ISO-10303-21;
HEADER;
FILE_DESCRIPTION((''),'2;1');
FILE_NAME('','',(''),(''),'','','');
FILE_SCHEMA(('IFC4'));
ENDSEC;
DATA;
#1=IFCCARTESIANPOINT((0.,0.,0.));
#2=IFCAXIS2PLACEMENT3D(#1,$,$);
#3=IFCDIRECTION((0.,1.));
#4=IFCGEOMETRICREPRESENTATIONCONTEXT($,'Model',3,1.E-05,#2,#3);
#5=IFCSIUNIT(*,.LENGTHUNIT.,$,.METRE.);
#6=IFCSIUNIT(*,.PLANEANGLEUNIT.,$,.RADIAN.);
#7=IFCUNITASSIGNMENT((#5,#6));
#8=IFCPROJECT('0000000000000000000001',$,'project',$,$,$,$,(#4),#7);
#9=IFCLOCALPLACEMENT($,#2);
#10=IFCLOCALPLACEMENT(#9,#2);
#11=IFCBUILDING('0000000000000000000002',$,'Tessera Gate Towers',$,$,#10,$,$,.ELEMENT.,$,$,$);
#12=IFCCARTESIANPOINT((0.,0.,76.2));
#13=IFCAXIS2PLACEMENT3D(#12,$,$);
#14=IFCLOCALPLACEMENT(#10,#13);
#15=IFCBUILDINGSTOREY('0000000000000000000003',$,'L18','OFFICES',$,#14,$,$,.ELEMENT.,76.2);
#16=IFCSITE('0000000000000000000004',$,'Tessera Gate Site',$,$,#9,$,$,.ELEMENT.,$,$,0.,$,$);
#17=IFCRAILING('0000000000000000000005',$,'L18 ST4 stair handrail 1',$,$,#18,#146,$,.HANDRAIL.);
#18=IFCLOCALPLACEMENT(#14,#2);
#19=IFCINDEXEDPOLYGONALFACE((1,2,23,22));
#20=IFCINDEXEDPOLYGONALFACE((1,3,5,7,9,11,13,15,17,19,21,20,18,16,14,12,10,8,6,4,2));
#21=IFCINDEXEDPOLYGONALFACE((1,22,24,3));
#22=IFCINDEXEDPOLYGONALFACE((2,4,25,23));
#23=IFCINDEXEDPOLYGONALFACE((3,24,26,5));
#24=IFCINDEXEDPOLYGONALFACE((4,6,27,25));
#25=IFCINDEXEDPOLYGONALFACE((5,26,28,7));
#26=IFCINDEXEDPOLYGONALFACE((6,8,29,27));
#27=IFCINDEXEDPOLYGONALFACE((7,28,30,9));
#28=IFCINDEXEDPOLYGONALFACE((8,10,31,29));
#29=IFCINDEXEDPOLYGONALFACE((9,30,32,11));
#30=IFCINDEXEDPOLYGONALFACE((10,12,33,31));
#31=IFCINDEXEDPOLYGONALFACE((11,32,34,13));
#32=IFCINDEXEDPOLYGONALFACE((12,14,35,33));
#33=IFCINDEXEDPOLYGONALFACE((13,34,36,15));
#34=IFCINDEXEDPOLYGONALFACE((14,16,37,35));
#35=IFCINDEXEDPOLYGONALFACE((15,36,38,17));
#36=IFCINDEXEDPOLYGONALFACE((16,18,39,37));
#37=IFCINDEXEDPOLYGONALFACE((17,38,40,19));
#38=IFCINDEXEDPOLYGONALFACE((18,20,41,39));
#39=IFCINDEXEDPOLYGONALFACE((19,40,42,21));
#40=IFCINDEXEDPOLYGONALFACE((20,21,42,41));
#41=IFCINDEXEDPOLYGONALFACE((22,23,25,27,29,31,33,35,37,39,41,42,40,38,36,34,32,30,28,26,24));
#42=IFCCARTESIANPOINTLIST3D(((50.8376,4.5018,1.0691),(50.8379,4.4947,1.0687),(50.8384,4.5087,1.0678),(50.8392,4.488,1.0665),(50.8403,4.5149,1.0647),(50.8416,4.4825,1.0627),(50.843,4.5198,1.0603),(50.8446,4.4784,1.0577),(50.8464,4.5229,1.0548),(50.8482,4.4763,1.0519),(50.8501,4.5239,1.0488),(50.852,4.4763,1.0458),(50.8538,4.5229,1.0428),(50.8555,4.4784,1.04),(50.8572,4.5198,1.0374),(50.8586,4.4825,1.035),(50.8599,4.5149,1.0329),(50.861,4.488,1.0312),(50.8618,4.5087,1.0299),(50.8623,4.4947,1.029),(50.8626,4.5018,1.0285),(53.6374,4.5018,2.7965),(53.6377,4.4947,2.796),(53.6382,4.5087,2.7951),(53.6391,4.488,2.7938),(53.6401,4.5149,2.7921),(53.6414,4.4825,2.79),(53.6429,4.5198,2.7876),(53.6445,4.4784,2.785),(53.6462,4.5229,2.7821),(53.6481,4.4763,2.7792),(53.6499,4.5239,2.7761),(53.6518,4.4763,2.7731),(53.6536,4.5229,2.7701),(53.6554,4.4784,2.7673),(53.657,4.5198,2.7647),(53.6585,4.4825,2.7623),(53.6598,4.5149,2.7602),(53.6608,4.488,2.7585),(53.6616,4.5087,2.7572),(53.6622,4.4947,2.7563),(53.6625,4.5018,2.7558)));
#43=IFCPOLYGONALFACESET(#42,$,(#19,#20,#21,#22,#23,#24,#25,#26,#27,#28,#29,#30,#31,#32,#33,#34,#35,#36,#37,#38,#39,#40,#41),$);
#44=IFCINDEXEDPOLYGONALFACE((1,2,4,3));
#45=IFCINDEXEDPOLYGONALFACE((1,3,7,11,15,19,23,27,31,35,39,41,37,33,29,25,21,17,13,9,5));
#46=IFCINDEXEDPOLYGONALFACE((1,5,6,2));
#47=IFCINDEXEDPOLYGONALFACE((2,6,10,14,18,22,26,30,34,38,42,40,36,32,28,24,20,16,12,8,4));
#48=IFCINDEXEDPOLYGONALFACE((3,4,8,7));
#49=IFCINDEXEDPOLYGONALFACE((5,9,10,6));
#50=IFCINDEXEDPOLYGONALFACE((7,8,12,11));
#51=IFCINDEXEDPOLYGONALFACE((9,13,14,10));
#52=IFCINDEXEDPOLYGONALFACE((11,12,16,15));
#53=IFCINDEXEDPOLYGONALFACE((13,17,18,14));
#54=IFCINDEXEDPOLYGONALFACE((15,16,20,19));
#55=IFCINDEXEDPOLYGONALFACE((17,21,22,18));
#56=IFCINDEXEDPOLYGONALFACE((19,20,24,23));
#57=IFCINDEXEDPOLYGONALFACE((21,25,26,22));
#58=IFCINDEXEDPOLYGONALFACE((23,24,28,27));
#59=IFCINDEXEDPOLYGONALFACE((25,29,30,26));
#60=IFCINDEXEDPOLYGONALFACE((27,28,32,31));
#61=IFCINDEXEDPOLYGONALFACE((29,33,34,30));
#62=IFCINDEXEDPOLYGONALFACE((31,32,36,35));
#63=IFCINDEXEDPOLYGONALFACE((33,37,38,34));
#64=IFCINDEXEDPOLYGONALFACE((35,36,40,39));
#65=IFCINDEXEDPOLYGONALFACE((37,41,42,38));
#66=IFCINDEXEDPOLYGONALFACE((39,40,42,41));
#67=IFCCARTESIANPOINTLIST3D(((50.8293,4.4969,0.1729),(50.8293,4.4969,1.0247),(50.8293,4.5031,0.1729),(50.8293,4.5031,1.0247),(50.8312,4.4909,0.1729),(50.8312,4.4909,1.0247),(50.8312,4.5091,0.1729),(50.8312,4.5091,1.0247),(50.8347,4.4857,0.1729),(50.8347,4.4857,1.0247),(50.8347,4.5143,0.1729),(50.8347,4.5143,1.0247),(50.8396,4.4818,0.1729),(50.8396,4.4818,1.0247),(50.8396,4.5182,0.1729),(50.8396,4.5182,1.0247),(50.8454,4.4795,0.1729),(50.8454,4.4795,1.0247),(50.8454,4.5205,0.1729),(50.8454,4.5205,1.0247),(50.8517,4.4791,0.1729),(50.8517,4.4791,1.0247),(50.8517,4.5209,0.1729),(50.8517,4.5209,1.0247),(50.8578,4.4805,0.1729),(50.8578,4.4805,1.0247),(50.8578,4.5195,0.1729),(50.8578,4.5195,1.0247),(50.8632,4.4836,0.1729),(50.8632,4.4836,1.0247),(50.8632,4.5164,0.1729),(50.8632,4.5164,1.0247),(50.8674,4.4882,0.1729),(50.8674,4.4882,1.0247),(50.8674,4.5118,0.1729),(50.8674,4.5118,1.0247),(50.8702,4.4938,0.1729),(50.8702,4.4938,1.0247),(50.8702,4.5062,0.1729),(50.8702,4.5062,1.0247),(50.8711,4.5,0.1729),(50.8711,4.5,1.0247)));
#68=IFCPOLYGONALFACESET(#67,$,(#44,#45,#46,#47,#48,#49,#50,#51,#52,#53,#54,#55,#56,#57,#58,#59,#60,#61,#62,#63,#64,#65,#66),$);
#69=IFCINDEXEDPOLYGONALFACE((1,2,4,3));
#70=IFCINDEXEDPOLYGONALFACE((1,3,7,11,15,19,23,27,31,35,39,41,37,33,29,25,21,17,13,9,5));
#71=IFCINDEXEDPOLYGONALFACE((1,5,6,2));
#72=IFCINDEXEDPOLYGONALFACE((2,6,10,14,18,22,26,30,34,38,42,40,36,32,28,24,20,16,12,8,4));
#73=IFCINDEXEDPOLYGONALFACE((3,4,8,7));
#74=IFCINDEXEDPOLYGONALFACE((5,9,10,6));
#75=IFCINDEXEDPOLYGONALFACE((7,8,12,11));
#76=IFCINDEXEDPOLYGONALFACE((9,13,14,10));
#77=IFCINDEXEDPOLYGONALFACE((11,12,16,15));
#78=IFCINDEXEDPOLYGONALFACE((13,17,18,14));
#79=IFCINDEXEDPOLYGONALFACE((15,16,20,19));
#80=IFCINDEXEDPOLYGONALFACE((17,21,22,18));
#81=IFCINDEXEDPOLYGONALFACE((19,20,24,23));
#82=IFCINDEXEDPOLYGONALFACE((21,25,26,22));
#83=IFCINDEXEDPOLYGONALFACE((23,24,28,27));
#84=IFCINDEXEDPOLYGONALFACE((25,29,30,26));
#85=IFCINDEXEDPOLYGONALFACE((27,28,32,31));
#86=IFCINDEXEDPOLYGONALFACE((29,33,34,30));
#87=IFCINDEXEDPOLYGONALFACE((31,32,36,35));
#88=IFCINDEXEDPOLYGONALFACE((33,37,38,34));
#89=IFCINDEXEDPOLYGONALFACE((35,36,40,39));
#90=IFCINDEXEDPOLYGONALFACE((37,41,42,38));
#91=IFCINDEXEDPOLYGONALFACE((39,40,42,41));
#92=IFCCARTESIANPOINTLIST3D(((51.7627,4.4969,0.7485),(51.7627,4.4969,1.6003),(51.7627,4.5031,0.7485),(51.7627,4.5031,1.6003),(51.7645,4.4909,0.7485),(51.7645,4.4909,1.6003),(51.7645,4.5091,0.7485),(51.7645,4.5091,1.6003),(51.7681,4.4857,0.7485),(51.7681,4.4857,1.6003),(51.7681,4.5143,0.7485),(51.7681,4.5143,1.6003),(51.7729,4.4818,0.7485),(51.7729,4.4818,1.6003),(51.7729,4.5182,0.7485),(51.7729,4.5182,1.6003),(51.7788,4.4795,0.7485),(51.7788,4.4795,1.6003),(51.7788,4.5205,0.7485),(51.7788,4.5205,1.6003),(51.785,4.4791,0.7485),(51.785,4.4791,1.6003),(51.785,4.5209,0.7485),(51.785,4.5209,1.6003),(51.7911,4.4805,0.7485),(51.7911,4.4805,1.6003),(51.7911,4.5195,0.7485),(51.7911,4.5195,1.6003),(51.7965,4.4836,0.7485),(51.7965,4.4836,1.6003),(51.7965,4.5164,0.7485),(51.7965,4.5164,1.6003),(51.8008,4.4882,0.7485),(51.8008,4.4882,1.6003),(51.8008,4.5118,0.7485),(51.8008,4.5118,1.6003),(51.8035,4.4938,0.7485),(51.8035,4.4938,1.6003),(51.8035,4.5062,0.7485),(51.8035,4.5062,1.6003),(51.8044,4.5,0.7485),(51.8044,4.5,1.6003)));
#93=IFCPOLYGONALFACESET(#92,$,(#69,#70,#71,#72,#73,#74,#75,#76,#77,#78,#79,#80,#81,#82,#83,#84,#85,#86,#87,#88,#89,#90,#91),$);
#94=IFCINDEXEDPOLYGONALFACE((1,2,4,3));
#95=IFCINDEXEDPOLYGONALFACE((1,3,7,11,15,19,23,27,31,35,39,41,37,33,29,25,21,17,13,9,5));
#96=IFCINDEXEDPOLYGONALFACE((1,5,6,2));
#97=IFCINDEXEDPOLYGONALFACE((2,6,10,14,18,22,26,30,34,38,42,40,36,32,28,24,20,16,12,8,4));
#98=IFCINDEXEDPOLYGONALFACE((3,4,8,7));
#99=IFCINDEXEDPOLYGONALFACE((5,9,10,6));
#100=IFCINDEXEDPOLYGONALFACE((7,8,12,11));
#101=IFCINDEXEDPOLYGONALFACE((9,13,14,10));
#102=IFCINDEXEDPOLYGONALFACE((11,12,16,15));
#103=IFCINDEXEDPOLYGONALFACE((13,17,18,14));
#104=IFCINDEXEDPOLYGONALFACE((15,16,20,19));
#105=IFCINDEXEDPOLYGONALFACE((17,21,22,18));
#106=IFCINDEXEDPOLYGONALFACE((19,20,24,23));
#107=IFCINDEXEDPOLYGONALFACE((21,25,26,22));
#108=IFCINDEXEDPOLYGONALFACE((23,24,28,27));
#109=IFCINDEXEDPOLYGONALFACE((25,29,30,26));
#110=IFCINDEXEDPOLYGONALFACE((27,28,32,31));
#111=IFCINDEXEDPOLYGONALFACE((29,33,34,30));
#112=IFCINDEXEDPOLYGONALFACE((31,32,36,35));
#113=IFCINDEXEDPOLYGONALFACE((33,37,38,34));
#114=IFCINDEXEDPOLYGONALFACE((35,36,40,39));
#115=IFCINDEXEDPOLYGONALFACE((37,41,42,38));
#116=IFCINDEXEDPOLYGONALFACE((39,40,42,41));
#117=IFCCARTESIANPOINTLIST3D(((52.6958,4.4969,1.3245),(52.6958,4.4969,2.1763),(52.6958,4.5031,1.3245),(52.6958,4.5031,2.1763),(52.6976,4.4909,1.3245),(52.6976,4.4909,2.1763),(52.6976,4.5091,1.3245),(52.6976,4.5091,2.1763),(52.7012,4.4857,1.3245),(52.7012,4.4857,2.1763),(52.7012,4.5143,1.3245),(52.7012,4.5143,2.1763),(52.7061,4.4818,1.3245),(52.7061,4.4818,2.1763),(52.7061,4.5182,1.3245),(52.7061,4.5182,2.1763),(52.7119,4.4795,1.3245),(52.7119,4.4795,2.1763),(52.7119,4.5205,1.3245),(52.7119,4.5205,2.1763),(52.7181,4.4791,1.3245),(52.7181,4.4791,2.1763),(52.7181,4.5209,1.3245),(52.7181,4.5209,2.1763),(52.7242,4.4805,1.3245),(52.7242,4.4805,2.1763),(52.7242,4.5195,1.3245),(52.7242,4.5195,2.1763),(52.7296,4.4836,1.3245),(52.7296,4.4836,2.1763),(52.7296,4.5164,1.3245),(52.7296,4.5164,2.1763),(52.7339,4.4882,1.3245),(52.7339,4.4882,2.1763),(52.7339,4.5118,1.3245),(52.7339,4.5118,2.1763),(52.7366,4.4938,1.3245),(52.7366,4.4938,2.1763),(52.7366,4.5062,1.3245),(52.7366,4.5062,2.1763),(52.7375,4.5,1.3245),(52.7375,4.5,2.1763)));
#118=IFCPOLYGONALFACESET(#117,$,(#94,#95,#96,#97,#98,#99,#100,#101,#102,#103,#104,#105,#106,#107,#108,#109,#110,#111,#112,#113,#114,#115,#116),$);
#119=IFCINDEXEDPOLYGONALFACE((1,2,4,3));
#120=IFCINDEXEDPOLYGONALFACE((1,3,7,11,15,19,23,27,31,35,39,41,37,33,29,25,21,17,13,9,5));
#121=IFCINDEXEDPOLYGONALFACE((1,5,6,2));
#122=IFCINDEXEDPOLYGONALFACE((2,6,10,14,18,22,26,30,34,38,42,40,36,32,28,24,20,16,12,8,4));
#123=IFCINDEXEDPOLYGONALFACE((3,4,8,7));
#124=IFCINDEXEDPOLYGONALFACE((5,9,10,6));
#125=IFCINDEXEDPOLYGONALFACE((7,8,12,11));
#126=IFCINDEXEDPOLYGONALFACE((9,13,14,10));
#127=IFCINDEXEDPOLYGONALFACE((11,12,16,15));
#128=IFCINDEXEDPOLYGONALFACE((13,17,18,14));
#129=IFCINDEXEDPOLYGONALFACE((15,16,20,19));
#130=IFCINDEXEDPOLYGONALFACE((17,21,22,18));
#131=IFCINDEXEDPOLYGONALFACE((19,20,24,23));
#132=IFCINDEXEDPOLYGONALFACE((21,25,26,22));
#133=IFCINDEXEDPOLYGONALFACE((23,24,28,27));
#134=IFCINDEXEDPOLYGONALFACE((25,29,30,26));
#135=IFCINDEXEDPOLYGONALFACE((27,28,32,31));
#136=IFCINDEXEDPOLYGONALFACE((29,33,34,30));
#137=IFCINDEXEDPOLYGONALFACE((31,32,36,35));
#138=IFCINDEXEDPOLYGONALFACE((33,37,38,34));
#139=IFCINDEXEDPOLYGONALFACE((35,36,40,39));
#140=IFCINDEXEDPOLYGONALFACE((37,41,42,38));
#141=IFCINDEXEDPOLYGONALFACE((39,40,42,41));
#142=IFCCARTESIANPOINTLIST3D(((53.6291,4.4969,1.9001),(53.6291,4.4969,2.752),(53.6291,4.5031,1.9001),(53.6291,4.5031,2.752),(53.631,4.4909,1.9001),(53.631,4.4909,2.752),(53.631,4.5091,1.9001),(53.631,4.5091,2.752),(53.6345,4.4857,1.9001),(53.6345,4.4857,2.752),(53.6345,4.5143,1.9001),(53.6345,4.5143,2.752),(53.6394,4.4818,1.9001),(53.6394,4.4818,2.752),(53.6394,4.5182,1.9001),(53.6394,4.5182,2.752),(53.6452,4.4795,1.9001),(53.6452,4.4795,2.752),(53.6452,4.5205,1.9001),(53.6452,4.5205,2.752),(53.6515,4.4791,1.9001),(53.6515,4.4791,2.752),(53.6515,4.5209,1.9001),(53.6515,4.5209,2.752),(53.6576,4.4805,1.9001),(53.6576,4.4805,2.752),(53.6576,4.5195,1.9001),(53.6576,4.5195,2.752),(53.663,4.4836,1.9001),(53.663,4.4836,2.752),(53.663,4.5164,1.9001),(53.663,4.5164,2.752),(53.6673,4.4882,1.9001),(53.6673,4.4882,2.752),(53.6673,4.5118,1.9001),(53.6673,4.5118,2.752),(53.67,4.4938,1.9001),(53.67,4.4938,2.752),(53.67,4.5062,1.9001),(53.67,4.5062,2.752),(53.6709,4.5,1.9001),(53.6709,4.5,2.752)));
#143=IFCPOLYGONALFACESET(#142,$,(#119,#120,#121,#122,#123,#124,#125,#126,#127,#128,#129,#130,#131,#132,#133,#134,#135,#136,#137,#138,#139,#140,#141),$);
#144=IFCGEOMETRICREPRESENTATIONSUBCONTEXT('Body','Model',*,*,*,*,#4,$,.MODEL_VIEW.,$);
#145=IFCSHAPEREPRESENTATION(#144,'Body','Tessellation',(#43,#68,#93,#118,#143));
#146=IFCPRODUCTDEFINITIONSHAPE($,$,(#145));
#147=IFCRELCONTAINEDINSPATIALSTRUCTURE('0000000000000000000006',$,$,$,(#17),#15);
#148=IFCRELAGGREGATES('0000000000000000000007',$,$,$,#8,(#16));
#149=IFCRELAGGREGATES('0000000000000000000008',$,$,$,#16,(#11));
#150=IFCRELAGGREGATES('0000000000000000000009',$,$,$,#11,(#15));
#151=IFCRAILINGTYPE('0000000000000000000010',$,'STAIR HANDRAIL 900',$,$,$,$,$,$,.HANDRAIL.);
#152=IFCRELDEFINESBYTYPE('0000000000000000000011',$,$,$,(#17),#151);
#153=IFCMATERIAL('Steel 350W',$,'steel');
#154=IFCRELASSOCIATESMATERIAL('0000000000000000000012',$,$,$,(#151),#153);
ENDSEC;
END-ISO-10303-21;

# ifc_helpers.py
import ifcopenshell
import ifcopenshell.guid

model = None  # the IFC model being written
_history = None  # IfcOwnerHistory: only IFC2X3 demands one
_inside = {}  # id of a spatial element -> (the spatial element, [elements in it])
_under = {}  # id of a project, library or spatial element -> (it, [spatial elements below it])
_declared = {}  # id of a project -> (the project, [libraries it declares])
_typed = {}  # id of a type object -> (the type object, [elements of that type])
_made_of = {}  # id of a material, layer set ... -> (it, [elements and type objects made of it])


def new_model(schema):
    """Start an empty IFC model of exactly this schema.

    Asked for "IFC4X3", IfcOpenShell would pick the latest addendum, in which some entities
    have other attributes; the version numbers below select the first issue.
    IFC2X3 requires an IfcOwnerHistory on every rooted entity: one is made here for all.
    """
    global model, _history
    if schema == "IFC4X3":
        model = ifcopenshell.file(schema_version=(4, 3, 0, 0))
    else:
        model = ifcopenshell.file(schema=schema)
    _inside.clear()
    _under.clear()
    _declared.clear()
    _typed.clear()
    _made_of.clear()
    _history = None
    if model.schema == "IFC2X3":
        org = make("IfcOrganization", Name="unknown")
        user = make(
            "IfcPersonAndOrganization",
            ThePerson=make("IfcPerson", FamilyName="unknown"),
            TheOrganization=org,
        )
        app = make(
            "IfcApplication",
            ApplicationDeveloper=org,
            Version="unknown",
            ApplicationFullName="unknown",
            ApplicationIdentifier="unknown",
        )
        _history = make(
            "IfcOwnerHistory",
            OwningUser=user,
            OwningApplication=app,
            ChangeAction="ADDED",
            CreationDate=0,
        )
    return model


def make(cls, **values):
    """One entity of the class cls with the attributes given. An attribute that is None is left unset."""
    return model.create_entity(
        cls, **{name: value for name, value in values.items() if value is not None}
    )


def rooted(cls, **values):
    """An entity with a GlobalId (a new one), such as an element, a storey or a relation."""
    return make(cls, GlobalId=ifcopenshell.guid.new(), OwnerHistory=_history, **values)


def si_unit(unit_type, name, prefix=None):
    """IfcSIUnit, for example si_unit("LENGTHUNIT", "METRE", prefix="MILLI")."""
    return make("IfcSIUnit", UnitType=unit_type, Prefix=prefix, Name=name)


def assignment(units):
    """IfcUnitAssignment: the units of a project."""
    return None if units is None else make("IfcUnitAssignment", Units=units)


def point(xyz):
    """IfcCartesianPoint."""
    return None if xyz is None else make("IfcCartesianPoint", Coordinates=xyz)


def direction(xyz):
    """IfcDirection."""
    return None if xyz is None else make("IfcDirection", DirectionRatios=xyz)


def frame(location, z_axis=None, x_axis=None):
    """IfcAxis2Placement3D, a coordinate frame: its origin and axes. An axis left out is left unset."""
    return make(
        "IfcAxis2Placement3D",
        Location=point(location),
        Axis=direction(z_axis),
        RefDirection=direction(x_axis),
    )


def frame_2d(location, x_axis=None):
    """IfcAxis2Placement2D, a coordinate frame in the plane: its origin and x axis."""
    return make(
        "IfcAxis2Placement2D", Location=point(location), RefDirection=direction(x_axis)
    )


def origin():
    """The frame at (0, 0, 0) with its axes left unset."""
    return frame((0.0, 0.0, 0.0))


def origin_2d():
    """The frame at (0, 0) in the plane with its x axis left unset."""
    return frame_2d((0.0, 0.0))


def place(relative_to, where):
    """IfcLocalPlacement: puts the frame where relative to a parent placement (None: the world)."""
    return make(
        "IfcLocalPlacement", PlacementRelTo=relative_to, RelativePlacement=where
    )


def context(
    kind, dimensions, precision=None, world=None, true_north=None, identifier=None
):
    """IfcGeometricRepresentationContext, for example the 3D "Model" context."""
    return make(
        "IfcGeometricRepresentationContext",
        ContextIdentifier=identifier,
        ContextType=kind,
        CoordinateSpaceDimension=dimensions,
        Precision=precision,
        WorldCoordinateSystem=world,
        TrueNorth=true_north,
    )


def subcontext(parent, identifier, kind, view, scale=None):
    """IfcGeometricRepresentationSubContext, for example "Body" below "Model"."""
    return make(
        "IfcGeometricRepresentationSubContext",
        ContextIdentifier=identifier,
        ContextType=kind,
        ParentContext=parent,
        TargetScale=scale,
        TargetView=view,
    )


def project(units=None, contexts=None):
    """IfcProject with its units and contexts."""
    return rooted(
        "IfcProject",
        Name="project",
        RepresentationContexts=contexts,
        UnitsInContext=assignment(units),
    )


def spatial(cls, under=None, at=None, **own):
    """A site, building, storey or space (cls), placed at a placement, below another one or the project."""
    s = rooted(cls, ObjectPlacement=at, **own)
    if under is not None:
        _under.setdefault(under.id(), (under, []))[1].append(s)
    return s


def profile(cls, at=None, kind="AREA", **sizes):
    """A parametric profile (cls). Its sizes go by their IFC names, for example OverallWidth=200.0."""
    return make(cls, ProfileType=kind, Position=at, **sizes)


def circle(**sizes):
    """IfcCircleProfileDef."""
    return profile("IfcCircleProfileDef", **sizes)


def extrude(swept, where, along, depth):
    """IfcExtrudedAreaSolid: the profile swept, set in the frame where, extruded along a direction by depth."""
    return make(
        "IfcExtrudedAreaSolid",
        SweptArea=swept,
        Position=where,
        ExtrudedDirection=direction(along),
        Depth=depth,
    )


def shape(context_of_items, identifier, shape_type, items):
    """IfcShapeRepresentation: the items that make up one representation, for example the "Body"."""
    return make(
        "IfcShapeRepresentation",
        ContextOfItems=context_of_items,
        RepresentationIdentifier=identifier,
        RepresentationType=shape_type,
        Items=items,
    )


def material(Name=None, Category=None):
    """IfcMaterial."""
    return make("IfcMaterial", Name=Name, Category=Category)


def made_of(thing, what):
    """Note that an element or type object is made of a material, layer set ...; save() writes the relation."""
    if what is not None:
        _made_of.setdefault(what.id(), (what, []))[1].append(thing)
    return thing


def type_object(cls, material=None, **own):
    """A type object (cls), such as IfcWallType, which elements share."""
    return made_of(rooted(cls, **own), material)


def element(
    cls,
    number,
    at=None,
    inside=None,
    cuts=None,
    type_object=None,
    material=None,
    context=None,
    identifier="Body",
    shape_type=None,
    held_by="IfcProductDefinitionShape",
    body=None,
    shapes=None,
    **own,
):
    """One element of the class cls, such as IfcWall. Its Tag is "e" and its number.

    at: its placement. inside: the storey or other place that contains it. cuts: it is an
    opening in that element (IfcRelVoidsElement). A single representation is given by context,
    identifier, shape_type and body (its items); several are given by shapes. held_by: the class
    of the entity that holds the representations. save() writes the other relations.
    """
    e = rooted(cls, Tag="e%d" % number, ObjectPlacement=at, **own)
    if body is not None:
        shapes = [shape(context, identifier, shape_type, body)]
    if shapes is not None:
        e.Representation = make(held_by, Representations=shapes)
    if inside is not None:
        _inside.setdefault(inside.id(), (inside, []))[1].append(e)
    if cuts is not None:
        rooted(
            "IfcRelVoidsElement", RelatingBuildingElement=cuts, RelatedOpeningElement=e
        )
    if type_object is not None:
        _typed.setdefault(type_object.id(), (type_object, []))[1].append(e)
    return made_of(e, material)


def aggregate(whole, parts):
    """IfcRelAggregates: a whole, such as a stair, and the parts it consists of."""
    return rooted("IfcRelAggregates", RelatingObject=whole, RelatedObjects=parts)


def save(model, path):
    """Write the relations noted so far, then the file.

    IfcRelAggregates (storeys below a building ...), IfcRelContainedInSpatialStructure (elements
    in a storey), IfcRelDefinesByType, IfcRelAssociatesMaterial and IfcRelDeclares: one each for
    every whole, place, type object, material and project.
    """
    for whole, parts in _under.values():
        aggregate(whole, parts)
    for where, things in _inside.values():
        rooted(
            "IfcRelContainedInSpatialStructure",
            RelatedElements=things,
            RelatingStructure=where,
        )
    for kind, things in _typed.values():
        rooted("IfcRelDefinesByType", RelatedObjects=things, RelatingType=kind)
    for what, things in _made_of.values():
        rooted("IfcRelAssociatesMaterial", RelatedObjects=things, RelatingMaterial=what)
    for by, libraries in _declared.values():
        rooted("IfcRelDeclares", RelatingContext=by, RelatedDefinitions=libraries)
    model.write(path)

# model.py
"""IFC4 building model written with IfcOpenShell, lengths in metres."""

from ifc_helpers import new_model, si_unit, direction, frame, origin, origin_2d, place, context, subcontext, project, spatial, circle, extrude, material, type_object, element, save


model = new_model("IFC4")

# Units and contexts
model_context = context("Model", 3, precision=1e-05, world=origin(), true_north=direction((0.0, 1.0)))
body_context = subcontext(model_context, "Body", "Model", "MODEL_VIEW")
ifc_project = project(units=[si_unit("LENGTHUNIT", "METRE"), si_unit("PLANEANGLEUNIT", "RADIAN")], contexts=[model_context])

# Site, building, storey
site_placement = place(None, origin())
site = spatial("IfcSite", under=ifc_project, at=site_placement, Name="Tessera Gate Site", CompositionType="ELEMENT", RefElevation=0.0)
building_placement = place(site_placement, origin())
building = spatial("IfcBuilding", under=site, at=building_placement, Name="Tessera Gate Towers", CompositionType="ELEMENT")
storey_placement = place(building_placement, frame((0.0, 0.0, 76.2)))
storey = spatial("IfcBuildingStorey", under=building, at=storey_placement, Name="L18", Description="OFFICES", CompositionType="ELEMENT", Elevation=76.2)

# Railing
ifc_material_1 = material(Name="Steel 350W", Category="steel")
railing_type_1 = type_object("IfcRailingType", Name="STAIR HANDRAIL 900", PredefinedType="HANDRAIL", material=ifc_material_1)
railing_1_placement = place(storey_placement, frame((50.8501, 4.5, 0.1729)))
element("IfcRailing", 1, at=railing_1_placement, inside=storey, type_object=railing_type_1, Name="L18 ST4 stair handrail 1", PredefinedType="HANDRAIL", context=body_context, shape_type="SweptSolid", body=[
    extrude(circle(Radius=0.0239, at=origin_2d()), frame((0.0, 0.0, 0.876), z_axis=(0.851069, 0.0, 0.525054), x_axis=(0.0, 1.0, 0.0)), (0.0, 0.0, 1.0), 3.2898),
    extrude(circle(Radius=0.021, at=origin_2d()), origin(), (0.0, 0.0, 1.0), 0.8518),
    extrude(circle(Radius=0.021, at=origin_2d()), frame((0.9333, 0.0, 0.5757)), (0.0, 0.0, 1.0), 0.8518),
    extrude(circle(Radius=0.021, at=origin_2d()), frame((1.8665, 0.0, 1.1516)), (0.0, 0.0, 1.0), 0.8518),
    extrude(circle(Radius=0.021, at=origin_2d()), frame((2.7998, 0.0, 1.7273)), (0.0, 0.0, 1.0), 0.8518),
])

save(model, "model.ifc")
